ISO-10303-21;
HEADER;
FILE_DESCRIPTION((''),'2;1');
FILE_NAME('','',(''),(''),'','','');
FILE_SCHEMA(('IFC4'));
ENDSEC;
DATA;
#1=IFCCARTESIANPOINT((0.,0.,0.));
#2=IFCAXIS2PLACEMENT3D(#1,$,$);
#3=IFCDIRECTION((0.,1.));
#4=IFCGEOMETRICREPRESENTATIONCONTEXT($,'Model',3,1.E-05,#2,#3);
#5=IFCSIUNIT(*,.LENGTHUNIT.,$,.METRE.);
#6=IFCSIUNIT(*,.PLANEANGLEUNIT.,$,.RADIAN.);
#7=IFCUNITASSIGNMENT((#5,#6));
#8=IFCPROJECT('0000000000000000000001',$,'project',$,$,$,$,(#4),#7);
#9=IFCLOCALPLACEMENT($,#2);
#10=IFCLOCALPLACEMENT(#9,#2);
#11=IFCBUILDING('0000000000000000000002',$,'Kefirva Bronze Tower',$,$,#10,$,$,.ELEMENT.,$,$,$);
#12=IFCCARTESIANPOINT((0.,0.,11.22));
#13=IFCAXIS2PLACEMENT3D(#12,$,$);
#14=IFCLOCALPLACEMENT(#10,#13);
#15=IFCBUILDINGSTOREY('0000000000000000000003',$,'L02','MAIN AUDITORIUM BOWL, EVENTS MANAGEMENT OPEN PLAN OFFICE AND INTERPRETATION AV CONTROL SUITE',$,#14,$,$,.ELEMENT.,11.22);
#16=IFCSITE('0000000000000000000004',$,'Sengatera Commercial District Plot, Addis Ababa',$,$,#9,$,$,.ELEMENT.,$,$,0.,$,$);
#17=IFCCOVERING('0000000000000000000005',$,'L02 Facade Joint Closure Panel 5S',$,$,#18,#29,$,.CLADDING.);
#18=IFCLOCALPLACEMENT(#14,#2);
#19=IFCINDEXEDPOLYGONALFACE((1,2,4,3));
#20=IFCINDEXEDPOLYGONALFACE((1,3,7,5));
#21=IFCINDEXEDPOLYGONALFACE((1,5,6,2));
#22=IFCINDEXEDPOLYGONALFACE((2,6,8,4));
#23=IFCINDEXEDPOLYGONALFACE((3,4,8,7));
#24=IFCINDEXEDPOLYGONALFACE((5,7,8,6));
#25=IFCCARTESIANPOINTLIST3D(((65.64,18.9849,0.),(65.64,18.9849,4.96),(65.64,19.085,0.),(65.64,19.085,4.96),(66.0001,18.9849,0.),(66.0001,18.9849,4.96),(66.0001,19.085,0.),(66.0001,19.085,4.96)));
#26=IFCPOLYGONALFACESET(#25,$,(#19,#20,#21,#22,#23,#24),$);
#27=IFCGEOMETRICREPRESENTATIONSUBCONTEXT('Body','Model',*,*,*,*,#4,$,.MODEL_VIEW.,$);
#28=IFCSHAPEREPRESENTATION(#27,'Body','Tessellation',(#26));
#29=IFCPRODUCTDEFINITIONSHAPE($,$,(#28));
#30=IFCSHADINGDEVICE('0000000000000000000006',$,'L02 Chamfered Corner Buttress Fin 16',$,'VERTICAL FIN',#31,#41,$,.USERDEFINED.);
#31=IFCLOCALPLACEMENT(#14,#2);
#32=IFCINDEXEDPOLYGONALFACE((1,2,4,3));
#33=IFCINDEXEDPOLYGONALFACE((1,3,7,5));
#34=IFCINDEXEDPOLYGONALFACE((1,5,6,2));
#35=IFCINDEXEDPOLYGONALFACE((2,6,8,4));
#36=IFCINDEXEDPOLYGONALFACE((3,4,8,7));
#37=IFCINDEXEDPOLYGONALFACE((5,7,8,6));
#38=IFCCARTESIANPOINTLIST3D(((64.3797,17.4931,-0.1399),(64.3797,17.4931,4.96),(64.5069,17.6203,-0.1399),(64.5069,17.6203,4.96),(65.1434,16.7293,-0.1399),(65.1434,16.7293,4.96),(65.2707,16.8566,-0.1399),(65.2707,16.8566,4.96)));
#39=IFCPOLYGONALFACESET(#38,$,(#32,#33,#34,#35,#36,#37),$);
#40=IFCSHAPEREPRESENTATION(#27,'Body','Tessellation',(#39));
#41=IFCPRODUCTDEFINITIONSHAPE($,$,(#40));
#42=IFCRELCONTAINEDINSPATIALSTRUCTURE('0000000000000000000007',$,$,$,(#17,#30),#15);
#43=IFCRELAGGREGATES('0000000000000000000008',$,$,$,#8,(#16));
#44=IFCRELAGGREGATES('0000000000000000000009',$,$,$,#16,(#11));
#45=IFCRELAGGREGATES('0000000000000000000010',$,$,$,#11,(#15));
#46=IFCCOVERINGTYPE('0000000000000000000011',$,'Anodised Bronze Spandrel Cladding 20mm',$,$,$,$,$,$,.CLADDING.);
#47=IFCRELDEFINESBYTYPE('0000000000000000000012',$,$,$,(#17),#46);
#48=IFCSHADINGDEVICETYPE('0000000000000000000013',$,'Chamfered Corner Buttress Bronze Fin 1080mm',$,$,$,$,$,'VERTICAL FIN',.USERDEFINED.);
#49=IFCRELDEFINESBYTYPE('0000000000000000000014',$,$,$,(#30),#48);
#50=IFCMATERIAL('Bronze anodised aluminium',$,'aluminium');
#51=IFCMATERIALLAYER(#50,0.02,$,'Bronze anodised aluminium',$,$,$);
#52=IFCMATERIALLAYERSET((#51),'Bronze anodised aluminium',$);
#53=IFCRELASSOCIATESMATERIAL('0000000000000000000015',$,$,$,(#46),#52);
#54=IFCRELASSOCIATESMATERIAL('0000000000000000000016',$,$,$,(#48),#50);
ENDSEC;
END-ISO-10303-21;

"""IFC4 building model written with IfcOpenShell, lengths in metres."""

from ifc_helpers import new_model, si_unit, direction, frame, origin, origin_2d, place, context, subcontext, project, spatial, rectangle, extrude, material, layer, layer_set, material_profile, profile_set, type_object, element, save


model = new_model("IFC4")

# Units and contexts
model_context = context("Model", 3, precision=1e-05, world=origin(), true_north=direction((0.0, 1.0)))
body_context = subcontext(model_context, "Body", "Model", "MODEL_VIEW")
ifc_project = project(units=[si_unit("LENGTHUNIT", "METRE"), si_unit("PLANEANGLEUNIT", "RADIAN")], contexts=[model_context])

# Site, building, storey
site_placement = place(None, origin())
site = spatial("IfcSite", under=ifc_project, at=site_placement, Name="Sengatera Commercial District Plot, Addis Ababa", CompositionType="ELEMENT", RefElevation=0.0)
building_placement = place(site_placement, origin())
building = spatial("IfcBuilding", under=site, at=building_placement, Name="Kefirva Bronze Tower", CompositionType="ELEMENT")
storey_placement = place(building_placement, frame((0.0, 0.0, 11.22)))
storey = spatial("IfcBuildingStorey", under=building, at=storey_placement, Name="L02", Description="MAIN AUDITORIUM BOWL, EVENTS MANAGEMENT OPEN PLAN OFFICE AND INTERPRETATION AV CONTROL SUITE", CompositionType="ELEMENT", Elevation=11.22)

# Shared definitions
ifc_material_1 = material(Name="Bronze anodised aluminium", Category="aluminium")

# Covering
ifc_layer_1 = layer(ifc_material_1, 0.02, Name="Bronze anodised aluminium")
ifc_layer_set_1 = layer_set([ifc_layer_1], Name="Bronze anodised aluminium")
covering_type_1 = type_object("IfcCoveringType", Name="Anodised Bronze Spandrel Cladding 20mm", PredefinedType="CLADDING", material=ifc_layer_set_1)
covering_1_placement = place(storey_placement, frame((65.8201, 19.0349, 0.0), z_axis=(0.0, 0.0, 1.0), x_axis=(0.0, 1.0, 0.0)))
element("IfcCovering", 1, at=covering_1_placement, inside=storey, type_object=covering_type_1, Name="L02 Facade Joint Closure Panel 5S", PredefinedType="CLADDING", context=body_context, shape_type="SweptSolid", body=[
    extrude(rectangle(XDim=0.1001, YDim=0.3601, at=origin_2d()), origin(), (0.0, 0.0, 1.0), 4.96),
])

# Shading device
ifc_material_profile_1 = material_profile(ifc_material_1, rectangle(XDim=0.1799, YDim=1.0801, at=origin_2d()), Name="BRONZE BUTTRESS FIN 180x1080")
ifc_profile_set_1 = profile_set([ifc_material_profile_1], Name="Bronze anodised aluminium")
shading_device_type = type_object("IfcShadingDeviceType", Name="Chamfered Corner Buttress Bronze Fin 1080mm", ElementType="VERTICAL FIN", PredefinedType="USERDEFINED", material=ifc_profile_set_1)
shading_device_placement = place(storey_placement, frame((64.8252, 17.1748, -0.1399), z_axis=(0.0, 0.0, 1.0), x_axis=(0.707107, 0.707107, 0.0)))
element("IfcShadingDevice", 2, at=shading_device_placement, inside=storey, type_object=shading_device_type, Name="L02 Chamfered Corner Buttress Fin 16", ObjectType="VERTICAL FIN", PredefinedType="USERDEFINED", context=body_context, shape_type="SweptSolid", body=[
    extrude(rectangle(XDim=0.1799, YDim=1.0801, at=origin_2d()), origin(), (0.0, 0.0, 1.0), 5.0999),
])

save(model, "model.ifc")
